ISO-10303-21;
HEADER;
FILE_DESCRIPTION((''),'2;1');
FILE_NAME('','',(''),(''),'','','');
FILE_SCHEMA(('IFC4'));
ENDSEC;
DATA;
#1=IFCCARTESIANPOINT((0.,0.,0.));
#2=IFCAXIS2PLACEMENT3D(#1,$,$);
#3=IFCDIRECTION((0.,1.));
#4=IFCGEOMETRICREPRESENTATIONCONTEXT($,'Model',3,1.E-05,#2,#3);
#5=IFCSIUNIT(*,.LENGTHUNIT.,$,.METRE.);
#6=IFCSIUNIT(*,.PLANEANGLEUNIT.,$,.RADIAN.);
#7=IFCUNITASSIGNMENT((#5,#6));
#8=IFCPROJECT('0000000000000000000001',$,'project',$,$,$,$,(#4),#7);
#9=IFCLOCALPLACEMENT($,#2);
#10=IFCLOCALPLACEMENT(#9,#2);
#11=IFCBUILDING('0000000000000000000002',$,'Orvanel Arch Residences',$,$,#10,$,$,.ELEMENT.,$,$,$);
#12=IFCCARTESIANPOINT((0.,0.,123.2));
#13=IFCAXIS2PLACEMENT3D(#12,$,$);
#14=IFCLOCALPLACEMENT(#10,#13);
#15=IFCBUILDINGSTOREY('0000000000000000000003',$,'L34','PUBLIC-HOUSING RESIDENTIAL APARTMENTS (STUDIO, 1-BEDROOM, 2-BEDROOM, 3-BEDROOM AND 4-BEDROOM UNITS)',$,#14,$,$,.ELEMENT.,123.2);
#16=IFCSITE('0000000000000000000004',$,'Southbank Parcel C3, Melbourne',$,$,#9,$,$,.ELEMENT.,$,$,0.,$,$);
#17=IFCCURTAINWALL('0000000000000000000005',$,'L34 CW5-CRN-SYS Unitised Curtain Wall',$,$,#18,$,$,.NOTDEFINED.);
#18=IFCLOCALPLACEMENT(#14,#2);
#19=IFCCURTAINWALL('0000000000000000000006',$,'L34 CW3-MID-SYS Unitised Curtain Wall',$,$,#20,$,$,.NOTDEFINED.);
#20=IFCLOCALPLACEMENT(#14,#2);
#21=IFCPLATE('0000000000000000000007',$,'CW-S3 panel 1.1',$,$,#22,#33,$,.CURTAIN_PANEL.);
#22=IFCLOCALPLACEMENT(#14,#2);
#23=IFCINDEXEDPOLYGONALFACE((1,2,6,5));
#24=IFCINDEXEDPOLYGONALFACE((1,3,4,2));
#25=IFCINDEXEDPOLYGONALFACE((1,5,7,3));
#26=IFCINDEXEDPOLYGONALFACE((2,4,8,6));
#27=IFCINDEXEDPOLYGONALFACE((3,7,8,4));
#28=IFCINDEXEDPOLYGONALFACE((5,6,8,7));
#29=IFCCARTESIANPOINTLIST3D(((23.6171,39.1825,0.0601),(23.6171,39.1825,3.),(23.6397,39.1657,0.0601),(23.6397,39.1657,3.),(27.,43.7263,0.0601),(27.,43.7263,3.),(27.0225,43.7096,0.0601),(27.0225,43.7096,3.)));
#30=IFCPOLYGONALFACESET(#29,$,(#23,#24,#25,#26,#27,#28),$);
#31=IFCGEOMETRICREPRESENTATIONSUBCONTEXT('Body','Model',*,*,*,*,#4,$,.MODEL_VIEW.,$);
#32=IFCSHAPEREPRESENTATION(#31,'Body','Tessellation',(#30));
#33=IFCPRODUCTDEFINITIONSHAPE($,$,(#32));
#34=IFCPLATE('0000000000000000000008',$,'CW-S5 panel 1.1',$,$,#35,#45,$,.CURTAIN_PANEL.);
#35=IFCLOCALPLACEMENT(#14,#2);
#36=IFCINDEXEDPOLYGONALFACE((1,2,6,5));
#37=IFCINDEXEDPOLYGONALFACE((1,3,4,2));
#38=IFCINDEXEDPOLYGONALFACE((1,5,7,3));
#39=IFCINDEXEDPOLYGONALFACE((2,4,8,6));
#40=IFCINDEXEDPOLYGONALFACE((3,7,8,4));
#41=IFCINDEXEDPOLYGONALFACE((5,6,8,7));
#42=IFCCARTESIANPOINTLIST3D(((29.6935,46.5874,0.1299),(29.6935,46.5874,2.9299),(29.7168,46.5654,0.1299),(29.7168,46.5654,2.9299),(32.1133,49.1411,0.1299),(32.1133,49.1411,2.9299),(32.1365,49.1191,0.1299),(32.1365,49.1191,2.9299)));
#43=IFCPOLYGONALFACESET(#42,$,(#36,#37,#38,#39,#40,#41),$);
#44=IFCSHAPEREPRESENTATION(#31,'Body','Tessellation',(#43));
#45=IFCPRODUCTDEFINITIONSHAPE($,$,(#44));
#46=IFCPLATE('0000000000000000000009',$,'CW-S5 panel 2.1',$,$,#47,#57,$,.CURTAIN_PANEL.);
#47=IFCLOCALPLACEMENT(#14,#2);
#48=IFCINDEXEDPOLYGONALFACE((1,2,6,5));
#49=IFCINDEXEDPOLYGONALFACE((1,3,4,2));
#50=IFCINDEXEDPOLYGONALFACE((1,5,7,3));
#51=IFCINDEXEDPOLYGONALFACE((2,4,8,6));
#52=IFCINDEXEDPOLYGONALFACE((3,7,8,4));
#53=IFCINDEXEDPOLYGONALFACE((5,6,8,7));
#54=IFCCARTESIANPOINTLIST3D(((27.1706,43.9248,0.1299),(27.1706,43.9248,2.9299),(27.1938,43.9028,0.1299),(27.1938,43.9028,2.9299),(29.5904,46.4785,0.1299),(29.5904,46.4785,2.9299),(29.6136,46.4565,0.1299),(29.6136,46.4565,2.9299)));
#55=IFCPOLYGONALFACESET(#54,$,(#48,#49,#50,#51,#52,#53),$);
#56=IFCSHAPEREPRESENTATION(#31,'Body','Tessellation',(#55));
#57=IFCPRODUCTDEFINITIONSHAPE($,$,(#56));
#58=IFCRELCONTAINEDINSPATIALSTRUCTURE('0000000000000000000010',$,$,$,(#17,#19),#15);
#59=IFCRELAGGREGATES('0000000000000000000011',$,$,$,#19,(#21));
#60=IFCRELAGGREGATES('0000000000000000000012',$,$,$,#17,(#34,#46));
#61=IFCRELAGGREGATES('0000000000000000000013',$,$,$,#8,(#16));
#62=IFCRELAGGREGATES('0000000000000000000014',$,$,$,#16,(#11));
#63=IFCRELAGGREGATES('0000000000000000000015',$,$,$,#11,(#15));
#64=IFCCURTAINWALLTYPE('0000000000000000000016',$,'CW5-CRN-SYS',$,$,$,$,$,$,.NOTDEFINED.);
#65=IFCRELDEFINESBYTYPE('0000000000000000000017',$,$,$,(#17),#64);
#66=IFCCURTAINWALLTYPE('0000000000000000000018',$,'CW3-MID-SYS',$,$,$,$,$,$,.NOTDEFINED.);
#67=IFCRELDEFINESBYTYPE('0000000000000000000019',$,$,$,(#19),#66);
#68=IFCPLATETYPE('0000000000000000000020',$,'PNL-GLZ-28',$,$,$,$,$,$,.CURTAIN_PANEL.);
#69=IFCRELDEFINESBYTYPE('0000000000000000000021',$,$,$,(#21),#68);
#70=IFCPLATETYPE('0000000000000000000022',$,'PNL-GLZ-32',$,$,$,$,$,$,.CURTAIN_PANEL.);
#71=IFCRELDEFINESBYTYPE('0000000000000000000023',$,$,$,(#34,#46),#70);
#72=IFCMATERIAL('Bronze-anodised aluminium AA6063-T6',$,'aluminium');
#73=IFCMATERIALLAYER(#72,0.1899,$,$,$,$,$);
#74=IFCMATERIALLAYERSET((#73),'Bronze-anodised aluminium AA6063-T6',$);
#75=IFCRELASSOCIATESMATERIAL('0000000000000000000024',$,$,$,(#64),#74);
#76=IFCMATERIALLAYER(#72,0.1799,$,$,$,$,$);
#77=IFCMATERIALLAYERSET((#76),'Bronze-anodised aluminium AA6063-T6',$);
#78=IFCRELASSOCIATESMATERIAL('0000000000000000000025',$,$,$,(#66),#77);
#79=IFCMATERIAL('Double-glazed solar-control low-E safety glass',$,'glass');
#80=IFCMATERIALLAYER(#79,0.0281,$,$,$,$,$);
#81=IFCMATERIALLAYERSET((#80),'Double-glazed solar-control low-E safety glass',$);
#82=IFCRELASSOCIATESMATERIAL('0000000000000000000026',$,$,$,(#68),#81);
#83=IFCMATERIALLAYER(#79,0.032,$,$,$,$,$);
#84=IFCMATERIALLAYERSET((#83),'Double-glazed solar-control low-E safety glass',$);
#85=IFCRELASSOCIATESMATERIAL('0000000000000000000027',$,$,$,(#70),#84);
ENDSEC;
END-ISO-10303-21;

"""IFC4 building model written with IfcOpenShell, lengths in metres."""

from ifc_helpers import new_model, si_unit, direction, frame, origin, origin_2d, place, context, subcontext, project, spatial, rectangle, extrude, material, layer, layer_set, type_object, element, aggregate, save


model = new_model("IFC4")

# Units and contexts
model_context = context("Model", 3, precision=1e-05, world=origin(), true_north=direction((0.0, 1.0)))
body_context = subcontext(model_context, "Body", "Model", "MODEL_VIEW")
ifc_project = project(units=[si_unit("LENGTHUNIT", "METRE"), si_unit("PLANEANGLEUNIT", "RADIAN")], contexts=[model_context])

# Site, building, storey
site_placement = place(None, origin())
site = spatial("IfcSite", under=ifc_project, at=site_placement, Name="Southbank Parcel C3, Melbourne", CompositionType="ELEMENT", RefElevation=0.0)
building_placement = place(site_placement, origin())
building = spatial("IfcBuilding", under=site, at=building_placement, Name="Orvanel Arch Residences", CompositionType="ELEMENT")
storey_placement = place(building_placement, frame((0.0, 0.0, 123.2)))
storey = spatial("IfcBuildingStorey", under=building, at=storey_placement, Name="L34", Description="PUBLIC-HOUSING RESIDENTIAL APARTMENTS (STUDIO, 1-BEDROOM, 2-BEDROOM, 3-BEDROOM AND 4-BEDROOM UNITS)", CompositionType="ELEMENT", Elevation=123.2)

# Shared definitions
ifc_material_1 = material(Name="Bronze-anodised aluminium AA6063-T6", Category="aluminium")
ifc_layer_1 = layer(ifc_material_1, 0.1899)
ifc_layer_set_1 = layer_set([ifc_layer_1], Name="Bronze-anodised aluminium AA6063-T6")
curtain_wall_type_1 = type_object("IfcCurtainWallType", Name="CW5-CRN-SYS", PredefinedType="NOTDEFINED", material=ifc_layer_set_1)

# Curtain wall
curtain_wall_1_placement = place(storey_placement, origin())
curtain_wall_1 = element("IfcCurtainWall", 1, at=curtain_wall_1_placement, inside=storey, type_object=curtain_wall_type_1, Name="L34 CW5-CRN-SYS Unitised Curtain Wall", PredefinedType="NOTDEFINED")

# Curtain wall
ifc_layer_2 = layer(ifc_material_1, 0.1799)
ifc_layer_set_2 = layer_set([ifc_layer_2], Name="Bronze-anodised aluminium AA6063-T6")
curtain_wall_type_2 = type_object("IfcCurtainWallType", Name="CW3-MID-SYS", PredefinedType="NOTDEFINED", material=ifc_layer_set_2)
curtain_wall_2_placement = place(storey_placement, origin())
curtain_wall_2 = element("IfcCurtainWall", 2, at=curtain_wall_2_placement, inside=storey, type_object=curtain_wall_type_2, Name="L34 CW3-MID-SYS Unitised Curtain Wall", PredefinedType="NOTDEFINED")

# Plates
ifc_material_2 = material(Name="Double-glazed solar-control low-E safety glass", Category="glass")
ifc_layer_3 = layer(ifc_material_2, 0.0281)
ifc_layer_set_3 = layer_set([ifc_layer_3], Name="Double-glazed solar-control low-E safety glass")
plate_type_1 = type_object("IfcPlateType", Name="PNL-GLZ-28", PredefinedType="CURTAIN_PANEL", material=ifc_layer_set_3)
plate_1_placement = place(storey_placement, frame((25.3198, 41.446, 0.0601), z_axis=(0.0, 0.0, 1.0), x_axis=(-0.597168, -0.802116, 0.0)))
plate_1 = element("IfcPlate", 3, at=plate_1_placement, type_object=plate_type_1, Name="CW-S3 panel 1.1", PredefinedType="CURTAIN_PANEL", context=body_context, shape_type="SweptSolid", body=[
    extrude(rectangle(XDim=5.6648, YDim=0.0281, at=origin_2d()), origin(), (0.0, 0.0, 1.0), 2.9399),
])
aggregate(curtain_wall_2, [plate_1])
ifc_layer_4 = layer(ifc_material_2, 0.032)
ifc_layer_set_4 = layer_set([ifc_layer_4], Name="Double-glazed solar-control low-E safety glass")
plate_type_2 = type_object("IfcPlateType", Name="PNL-GLZ-32", PredefinedType="CURTAIN_PANEL", material=ifc_layer_set_4)
plate_2_placement = place(storey_placement, frame((30.915, 47.8533, 0.1299), z_axis=(0.0, 0.0, 1.0), x_axis=(-0.687815, -0.725886, 0.0)))
plate_2 = element("IfcPlate", 4, at=plate_2_placement, type_object=plate_type_2, Name="CW-S5 panel 1.1", PredefinedType="CURTAIN_PANEL", context=body_context, shape_type="SweptSolid", body=[
    extrude(rectangle(XDim=3.5181, YDim=0.032, at=origin_2d()), origin(), (0.0, 0.0, 1.0), 2.8),
])
plate_3_placement = place(storey_placement, frame((28.3921, 45.1907, 0.1299), z_axis=(0.0, 0.0, 1.0), x_axis=(-0.687815, -0.725886, 0.0)))
plate_3 = element("IfcPlate", 5, at=plate_3_placement, type_object=plate_type_2, Name="CW-S5 panel 2.1", PredefinedType="CURTAIN_PANEL", context=body_context, shape_type="SweptSolid", body=[
    extrude(rectangle(XDim=3.5181, YDim=0.032, at=origin_2d()), origin(), (0.0, 0.0, 1.0), 2.8),
])
aggregate(curtain_wall_1, [plate_2, plate_3])

save(model, "model.ifc")
